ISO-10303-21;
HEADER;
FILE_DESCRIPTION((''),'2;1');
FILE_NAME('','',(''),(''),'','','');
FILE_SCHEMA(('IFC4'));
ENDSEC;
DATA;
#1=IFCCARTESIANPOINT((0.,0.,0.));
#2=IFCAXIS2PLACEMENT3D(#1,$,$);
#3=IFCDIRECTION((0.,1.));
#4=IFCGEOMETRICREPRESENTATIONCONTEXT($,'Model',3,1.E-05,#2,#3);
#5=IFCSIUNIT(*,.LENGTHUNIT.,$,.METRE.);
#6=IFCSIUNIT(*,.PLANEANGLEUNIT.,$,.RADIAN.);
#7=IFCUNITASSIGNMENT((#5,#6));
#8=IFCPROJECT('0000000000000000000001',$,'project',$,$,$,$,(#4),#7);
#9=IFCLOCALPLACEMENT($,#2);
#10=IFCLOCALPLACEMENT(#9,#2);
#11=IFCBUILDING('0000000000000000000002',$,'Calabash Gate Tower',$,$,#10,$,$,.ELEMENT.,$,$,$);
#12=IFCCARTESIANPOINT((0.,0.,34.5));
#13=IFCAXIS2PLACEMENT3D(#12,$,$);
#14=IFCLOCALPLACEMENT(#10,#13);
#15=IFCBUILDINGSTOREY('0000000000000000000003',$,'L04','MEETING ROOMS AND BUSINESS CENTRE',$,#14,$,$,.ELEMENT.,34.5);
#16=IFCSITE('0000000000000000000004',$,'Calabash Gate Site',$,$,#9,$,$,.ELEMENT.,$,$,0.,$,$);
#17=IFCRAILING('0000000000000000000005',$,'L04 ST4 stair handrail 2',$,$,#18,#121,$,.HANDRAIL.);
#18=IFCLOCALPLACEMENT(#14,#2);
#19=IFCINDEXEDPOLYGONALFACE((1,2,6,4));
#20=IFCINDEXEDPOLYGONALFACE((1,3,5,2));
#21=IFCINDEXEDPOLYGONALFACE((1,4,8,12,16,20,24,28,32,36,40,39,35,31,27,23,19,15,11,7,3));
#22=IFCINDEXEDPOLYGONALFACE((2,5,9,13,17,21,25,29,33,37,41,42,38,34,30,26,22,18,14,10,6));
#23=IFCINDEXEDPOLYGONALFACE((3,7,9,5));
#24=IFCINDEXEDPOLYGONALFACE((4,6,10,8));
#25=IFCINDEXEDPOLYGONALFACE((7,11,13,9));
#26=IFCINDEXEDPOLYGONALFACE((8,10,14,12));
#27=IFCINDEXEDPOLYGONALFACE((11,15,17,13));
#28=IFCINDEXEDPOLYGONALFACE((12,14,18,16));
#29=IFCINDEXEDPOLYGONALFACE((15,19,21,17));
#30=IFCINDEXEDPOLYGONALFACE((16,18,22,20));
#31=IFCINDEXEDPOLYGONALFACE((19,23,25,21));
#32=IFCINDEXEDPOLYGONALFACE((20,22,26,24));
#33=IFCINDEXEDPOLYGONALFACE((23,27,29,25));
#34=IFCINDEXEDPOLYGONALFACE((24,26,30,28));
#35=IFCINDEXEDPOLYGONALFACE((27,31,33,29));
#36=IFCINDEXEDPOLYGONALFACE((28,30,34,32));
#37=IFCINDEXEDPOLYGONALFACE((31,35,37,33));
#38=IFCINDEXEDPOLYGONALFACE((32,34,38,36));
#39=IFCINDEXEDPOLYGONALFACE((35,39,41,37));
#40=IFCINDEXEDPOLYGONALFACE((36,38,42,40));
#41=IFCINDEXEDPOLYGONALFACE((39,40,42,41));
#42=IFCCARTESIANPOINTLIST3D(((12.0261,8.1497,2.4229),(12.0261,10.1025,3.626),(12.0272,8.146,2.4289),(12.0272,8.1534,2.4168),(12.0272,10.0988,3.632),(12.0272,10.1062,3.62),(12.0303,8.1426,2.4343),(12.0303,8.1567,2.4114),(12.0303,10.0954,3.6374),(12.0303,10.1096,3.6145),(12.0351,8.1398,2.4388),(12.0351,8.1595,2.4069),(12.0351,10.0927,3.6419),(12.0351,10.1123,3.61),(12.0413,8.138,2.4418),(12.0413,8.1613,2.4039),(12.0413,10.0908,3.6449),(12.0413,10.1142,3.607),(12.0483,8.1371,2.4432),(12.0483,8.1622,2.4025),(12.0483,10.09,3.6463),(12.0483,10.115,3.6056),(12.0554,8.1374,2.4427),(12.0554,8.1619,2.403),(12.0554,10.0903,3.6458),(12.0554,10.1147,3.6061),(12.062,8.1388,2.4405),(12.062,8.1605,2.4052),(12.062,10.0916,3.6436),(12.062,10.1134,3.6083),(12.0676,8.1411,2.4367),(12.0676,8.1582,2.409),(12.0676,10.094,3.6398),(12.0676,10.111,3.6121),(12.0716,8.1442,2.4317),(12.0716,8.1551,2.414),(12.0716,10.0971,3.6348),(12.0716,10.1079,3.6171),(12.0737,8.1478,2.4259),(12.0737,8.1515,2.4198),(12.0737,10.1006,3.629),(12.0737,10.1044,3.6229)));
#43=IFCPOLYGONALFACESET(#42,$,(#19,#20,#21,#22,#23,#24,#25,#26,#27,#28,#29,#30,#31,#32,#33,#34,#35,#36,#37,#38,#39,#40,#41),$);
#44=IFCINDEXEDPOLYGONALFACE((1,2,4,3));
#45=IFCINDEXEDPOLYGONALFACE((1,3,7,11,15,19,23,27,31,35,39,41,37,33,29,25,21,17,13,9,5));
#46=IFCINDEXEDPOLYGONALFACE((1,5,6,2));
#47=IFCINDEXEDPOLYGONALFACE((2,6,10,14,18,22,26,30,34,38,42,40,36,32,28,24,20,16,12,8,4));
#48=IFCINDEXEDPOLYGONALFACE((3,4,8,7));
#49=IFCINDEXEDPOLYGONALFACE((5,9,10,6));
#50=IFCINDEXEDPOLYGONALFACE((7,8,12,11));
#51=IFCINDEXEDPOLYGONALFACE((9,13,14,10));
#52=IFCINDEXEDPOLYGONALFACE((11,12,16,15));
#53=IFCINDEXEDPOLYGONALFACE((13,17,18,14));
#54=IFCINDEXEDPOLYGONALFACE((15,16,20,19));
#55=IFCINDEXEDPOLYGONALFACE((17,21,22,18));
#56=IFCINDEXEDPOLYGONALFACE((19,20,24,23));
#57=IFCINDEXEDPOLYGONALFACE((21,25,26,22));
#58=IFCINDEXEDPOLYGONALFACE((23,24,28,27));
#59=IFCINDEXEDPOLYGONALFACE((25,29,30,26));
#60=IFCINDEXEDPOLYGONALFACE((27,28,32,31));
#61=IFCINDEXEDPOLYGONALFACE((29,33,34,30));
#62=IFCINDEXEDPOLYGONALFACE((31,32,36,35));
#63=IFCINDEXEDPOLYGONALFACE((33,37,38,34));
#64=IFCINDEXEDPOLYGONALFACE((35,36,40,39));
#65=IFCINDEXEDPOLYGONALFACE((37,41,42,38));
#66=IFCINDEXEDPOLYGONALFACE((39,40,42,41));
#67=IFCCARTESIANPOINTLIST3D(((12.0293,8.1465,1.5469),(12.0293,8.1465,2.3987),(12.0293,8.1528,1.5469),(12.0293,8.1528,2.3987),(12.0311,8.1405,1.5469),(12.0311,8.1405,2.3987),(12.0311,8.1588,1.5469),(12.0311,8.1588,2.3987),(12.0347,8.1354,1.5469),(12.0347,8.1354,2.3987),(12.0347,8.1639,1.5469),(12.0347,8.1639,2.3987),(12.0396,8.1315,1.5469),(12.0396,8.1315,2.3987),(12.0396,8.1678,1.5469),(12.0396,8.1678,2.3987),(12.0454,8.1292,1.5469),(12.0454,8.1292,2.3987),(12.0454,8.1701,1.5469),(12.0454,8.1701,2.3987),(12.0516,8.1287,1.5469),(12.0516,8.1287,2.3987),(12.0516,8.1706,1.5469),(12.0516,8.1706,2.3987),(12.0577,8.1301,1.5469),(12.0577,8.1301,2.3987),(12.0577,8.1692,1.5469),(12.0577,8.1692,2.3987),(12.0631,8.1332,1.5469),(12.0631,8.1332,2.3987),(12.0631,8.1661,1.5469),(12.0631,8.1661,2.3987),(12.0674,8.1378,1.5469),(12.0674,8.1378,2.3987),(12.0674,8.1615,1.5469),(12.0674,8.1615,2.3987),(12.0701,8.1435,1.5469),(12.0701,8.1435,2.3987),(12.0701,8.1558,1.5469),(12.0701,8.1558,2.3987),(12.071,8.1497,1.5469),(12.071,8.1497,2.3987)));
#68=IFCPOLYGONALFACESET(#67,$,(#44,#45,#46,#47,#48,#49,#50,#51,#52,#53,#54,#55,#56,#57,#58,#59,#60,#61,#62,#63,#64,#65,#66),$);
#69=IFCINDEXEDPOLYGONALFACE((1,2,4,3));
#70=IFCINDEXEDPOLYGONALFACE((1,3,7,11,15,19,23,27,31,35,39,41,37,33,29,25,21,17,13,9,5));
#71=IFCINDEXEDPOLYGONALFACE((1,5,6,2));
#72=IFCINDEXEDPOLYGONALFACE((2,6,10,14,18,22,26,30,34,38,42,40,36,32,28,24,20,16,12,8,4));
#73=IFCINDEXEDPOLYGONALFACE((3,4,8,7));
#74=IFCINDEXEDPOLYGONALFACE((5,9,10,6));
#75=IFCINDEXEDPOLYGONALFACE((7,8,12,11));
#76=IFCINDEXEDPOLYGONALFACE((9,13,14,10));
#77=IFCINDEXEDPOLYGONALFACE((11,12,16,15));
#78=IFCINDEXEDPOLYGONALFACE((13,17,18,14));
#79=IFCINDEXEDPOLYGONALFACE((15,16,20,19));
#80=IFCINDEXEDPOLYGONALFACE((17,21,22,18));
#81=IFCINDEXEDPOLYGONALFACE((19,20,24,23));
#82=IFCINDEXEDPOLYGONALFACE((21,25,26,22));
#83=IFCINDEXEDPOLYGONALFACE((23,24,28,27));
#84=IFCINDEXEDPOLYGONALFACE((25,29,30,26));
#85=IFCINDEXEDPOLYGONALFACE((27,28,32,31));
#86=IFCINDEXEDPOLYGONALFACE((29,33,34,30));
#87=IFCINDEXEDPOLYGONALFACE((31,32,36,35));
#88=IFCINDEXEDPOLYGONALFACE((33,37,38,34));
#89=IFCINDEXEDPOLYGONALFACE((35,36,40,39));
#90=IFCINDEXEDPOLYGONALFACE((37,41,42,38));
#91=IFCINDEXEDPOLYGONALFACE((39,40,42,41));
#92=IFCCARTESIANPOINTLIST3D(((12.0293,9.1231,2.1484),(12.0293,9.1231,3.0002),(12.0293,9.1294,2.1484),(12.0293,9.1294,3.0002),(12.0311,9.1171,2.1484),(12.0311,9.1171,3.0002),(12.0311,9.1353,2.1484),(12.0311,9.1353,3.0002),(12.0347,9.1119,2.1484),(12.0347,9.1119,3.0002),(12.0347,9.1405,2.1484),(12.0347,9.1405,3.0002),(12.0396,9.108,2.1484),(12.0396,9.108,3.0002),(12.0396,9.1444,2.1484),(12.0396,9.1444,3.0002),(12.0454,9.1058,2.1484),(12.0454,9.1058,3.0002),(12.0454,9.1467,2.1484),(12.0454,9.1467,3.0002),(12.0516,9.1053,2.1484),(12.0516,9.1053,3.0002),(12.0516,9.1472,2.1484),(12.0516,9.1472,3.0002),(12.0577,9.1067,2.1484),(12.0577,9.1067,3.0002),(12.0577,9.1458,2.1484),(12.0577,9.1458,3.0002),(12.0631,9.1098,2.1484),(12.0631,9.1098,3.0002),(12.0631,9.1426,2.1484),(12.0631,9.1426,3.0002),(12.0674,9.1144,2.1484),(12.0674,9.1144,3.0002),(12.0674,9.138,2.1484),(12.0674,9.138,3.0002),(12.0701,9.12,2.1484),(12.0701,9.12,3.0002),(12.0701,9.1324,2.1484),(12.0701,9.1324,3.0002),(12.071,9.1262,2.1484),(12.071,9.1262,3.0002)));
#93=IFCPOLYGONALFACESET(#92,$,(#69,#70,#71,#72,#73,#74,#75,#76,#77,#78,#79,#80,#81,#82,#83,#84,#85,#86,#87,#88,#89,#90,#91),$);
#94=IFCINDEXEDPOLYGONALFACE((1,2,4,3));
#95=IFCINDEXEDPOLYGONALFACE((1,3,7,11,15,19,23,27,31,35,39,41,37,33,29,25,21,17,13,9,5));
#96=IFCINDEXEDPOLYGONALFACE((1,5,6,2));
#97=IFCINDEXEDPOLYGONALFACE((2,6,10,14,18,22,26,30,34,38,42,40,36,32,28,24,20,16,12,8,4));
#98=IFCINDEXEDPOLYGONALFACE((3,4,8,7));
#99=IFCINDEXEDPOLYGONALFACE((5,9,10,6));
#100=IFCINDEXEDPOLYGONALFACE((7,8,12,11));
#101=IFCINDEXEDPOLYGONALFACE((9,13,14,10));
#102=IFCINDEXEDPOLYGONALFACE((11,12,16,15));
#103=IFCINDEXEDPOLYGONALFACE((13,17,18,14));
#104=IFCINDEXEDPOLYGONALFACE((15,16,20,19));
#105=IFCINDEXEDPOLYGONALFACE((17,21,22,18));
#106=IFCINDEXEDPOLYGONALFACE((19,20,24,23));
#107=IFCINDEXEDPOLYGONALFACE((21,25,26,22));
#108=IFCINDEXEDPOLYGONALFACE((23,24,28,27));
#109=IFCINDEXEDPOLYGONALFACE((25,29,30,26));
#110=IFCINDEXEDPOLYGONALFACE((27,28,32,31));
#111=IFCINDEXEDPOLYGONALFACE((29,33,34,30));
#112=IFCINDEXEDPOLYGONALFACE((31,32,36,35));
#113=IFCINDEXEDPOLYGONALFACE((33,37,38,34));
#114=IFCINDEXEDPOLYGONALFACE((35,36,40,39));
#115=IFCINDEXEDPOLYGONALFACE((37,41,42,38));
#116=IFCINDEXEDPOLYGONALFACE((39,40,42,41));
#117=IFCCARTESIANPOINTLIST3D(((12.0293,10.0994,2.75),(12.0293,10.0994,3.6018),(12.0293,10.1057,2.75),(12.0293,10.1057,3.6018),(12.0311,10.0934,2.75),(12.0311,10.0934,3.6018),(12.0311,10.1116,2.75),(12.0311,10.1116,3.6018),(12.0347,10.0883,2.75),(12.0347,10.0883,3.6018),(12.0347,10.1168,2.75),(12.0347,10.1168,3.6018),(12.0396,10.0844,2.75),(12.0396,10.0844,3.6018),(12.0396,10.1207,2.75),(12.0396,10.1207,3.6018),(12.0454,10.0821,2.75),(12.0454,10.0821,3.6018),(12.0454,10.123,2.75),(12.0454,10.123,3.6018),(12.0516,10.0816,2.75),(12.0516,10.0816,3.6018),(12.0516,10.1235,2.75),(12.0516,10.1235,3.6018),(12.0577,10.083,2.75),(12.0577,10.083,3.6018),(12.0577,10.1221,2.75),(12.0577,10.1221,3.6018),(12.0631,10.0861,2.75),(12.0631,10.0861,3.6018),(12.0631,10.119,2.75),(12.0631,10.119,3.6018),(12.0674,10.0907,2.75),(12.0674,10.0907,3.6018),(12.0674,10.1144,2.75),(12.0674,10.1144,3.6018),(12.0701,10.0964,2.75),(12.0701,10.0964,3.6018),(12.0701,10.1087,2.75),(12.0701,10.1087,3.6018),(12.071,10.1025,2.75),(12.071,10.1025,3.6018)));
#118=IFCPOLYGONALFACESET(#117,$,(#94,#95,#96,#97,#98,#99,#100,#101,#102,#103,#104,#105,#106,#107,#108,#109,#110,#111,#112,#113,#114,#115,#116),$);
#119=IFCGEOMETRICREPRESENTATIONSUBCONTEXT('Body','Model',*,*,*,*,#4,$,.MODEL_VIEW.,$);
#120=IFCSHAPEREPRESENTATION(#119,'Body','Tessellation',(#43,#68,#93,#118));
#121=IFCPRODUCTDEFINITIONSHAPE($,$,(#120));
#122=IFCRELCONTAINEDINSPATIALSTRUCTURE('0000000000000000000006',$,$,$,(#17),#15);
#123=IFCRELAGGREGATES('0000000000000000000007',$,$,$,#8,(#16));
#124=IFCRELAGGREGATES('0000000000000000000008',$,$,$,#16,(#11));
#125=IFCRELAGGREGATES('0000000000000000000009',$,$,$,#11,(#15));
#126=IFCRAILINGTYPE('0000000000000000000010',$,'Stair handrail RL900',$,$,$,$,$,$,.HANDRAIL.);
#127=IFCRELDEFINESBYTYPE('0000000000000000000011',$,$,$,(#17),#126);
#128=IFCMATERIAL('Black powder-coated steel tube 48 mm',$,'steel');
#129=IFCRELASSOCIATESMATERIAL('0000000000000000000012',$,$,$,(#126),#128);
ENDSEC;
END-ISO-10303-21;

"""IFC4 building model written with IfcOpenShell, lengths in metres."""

from ifc_helpers import new_model, si_unit, direction, frame, origin, origin_2d, place, context, subcontext, project, spatial, circle, extrude, material, type_object, element, save


model = new_model("IFC4")

# Units and contexts
model_context = context("Model", 3, precision=1e-05, world=origin(), true_north=direction((0.0, 1.0)))
body_context = subcontext(model_context, "Body", "Model", "MODEL_VIEW")
ifc_project = project(units=[si_unit("LENGTHUNIT", "METRE"), si_unit("PLANEANGLEUNIT", "RADIAN")], contexts=[model_context])

# Site, building, storey
site_placement = place(None, origin())
site = spatial("IfcSite", under=ifc_project, at=site_placement, Name="Calabash Gate Site", CompositionType="ELEMENT", RefElevation=0.0)
building_placement = place(site_placement, origin())
building = spatial("IfcBuilding", under=site, at=building_placement, Name="Calabash Gate Tower", CompositionType="ELEMENT")
storey_placement = place(building_placement, frame((0.0, 0.0, 34.5)))
storey = spatial("IfcBuildingStorey", under=building, at=storey_placement, Name="L04", Description="MEETING ROOMS AND BUSINESS CENTRE", CompositionType="ELEMENT", Elevation=34.5)

# Railing
ifc_material_1 = material(Name="Black powder-coated steel tube 48 mm", Category="steel")
railing_type_1 = type_object("IfcRailingType", Name="Stair handrail RL900", PredefinedType="HANDRAIL", material=ifc_material_1)
railing_1_placement = place(storey_placement, frame((12.05, 8.1497, 1.5469)))
element("IfcRailing", 1, at=railing_1_placement, inside=storey, type_object=railing_type_1, Name="L04 ST4 stair handrail 2", PredefinedType="HANDRAIL", context=body_context, shape_type="SweptSolid", body=[
    extrude(circle(Radius=0.0239, at=origin_2d()), frame((0.0, 0.0, 0.876), z_axis=(0.0, 0.851395, 0.524525), x_axis=(-1.0, 0.0, 0.0)), (0.0, 0.0, 1.0), 2.2937),
    extrude(circle(Radius=0.021, at=origin_2d()), origin(), (0.0, 0.0, 1.0), 0.8518),
    extrude(circle(Radius=0.021, at=origin_2d()), frame((0.0, 0.9766, 0.6016)), (0.0, 0.0, 1.0), 0.8518),
    extrude(circle(Radius=0.021, at=origin_2d()), frame((0.0, 1.9529, 1.2031)), (0.0, 0.0, 1.0), 0.8518),
])

save(model, "model.ifc")
